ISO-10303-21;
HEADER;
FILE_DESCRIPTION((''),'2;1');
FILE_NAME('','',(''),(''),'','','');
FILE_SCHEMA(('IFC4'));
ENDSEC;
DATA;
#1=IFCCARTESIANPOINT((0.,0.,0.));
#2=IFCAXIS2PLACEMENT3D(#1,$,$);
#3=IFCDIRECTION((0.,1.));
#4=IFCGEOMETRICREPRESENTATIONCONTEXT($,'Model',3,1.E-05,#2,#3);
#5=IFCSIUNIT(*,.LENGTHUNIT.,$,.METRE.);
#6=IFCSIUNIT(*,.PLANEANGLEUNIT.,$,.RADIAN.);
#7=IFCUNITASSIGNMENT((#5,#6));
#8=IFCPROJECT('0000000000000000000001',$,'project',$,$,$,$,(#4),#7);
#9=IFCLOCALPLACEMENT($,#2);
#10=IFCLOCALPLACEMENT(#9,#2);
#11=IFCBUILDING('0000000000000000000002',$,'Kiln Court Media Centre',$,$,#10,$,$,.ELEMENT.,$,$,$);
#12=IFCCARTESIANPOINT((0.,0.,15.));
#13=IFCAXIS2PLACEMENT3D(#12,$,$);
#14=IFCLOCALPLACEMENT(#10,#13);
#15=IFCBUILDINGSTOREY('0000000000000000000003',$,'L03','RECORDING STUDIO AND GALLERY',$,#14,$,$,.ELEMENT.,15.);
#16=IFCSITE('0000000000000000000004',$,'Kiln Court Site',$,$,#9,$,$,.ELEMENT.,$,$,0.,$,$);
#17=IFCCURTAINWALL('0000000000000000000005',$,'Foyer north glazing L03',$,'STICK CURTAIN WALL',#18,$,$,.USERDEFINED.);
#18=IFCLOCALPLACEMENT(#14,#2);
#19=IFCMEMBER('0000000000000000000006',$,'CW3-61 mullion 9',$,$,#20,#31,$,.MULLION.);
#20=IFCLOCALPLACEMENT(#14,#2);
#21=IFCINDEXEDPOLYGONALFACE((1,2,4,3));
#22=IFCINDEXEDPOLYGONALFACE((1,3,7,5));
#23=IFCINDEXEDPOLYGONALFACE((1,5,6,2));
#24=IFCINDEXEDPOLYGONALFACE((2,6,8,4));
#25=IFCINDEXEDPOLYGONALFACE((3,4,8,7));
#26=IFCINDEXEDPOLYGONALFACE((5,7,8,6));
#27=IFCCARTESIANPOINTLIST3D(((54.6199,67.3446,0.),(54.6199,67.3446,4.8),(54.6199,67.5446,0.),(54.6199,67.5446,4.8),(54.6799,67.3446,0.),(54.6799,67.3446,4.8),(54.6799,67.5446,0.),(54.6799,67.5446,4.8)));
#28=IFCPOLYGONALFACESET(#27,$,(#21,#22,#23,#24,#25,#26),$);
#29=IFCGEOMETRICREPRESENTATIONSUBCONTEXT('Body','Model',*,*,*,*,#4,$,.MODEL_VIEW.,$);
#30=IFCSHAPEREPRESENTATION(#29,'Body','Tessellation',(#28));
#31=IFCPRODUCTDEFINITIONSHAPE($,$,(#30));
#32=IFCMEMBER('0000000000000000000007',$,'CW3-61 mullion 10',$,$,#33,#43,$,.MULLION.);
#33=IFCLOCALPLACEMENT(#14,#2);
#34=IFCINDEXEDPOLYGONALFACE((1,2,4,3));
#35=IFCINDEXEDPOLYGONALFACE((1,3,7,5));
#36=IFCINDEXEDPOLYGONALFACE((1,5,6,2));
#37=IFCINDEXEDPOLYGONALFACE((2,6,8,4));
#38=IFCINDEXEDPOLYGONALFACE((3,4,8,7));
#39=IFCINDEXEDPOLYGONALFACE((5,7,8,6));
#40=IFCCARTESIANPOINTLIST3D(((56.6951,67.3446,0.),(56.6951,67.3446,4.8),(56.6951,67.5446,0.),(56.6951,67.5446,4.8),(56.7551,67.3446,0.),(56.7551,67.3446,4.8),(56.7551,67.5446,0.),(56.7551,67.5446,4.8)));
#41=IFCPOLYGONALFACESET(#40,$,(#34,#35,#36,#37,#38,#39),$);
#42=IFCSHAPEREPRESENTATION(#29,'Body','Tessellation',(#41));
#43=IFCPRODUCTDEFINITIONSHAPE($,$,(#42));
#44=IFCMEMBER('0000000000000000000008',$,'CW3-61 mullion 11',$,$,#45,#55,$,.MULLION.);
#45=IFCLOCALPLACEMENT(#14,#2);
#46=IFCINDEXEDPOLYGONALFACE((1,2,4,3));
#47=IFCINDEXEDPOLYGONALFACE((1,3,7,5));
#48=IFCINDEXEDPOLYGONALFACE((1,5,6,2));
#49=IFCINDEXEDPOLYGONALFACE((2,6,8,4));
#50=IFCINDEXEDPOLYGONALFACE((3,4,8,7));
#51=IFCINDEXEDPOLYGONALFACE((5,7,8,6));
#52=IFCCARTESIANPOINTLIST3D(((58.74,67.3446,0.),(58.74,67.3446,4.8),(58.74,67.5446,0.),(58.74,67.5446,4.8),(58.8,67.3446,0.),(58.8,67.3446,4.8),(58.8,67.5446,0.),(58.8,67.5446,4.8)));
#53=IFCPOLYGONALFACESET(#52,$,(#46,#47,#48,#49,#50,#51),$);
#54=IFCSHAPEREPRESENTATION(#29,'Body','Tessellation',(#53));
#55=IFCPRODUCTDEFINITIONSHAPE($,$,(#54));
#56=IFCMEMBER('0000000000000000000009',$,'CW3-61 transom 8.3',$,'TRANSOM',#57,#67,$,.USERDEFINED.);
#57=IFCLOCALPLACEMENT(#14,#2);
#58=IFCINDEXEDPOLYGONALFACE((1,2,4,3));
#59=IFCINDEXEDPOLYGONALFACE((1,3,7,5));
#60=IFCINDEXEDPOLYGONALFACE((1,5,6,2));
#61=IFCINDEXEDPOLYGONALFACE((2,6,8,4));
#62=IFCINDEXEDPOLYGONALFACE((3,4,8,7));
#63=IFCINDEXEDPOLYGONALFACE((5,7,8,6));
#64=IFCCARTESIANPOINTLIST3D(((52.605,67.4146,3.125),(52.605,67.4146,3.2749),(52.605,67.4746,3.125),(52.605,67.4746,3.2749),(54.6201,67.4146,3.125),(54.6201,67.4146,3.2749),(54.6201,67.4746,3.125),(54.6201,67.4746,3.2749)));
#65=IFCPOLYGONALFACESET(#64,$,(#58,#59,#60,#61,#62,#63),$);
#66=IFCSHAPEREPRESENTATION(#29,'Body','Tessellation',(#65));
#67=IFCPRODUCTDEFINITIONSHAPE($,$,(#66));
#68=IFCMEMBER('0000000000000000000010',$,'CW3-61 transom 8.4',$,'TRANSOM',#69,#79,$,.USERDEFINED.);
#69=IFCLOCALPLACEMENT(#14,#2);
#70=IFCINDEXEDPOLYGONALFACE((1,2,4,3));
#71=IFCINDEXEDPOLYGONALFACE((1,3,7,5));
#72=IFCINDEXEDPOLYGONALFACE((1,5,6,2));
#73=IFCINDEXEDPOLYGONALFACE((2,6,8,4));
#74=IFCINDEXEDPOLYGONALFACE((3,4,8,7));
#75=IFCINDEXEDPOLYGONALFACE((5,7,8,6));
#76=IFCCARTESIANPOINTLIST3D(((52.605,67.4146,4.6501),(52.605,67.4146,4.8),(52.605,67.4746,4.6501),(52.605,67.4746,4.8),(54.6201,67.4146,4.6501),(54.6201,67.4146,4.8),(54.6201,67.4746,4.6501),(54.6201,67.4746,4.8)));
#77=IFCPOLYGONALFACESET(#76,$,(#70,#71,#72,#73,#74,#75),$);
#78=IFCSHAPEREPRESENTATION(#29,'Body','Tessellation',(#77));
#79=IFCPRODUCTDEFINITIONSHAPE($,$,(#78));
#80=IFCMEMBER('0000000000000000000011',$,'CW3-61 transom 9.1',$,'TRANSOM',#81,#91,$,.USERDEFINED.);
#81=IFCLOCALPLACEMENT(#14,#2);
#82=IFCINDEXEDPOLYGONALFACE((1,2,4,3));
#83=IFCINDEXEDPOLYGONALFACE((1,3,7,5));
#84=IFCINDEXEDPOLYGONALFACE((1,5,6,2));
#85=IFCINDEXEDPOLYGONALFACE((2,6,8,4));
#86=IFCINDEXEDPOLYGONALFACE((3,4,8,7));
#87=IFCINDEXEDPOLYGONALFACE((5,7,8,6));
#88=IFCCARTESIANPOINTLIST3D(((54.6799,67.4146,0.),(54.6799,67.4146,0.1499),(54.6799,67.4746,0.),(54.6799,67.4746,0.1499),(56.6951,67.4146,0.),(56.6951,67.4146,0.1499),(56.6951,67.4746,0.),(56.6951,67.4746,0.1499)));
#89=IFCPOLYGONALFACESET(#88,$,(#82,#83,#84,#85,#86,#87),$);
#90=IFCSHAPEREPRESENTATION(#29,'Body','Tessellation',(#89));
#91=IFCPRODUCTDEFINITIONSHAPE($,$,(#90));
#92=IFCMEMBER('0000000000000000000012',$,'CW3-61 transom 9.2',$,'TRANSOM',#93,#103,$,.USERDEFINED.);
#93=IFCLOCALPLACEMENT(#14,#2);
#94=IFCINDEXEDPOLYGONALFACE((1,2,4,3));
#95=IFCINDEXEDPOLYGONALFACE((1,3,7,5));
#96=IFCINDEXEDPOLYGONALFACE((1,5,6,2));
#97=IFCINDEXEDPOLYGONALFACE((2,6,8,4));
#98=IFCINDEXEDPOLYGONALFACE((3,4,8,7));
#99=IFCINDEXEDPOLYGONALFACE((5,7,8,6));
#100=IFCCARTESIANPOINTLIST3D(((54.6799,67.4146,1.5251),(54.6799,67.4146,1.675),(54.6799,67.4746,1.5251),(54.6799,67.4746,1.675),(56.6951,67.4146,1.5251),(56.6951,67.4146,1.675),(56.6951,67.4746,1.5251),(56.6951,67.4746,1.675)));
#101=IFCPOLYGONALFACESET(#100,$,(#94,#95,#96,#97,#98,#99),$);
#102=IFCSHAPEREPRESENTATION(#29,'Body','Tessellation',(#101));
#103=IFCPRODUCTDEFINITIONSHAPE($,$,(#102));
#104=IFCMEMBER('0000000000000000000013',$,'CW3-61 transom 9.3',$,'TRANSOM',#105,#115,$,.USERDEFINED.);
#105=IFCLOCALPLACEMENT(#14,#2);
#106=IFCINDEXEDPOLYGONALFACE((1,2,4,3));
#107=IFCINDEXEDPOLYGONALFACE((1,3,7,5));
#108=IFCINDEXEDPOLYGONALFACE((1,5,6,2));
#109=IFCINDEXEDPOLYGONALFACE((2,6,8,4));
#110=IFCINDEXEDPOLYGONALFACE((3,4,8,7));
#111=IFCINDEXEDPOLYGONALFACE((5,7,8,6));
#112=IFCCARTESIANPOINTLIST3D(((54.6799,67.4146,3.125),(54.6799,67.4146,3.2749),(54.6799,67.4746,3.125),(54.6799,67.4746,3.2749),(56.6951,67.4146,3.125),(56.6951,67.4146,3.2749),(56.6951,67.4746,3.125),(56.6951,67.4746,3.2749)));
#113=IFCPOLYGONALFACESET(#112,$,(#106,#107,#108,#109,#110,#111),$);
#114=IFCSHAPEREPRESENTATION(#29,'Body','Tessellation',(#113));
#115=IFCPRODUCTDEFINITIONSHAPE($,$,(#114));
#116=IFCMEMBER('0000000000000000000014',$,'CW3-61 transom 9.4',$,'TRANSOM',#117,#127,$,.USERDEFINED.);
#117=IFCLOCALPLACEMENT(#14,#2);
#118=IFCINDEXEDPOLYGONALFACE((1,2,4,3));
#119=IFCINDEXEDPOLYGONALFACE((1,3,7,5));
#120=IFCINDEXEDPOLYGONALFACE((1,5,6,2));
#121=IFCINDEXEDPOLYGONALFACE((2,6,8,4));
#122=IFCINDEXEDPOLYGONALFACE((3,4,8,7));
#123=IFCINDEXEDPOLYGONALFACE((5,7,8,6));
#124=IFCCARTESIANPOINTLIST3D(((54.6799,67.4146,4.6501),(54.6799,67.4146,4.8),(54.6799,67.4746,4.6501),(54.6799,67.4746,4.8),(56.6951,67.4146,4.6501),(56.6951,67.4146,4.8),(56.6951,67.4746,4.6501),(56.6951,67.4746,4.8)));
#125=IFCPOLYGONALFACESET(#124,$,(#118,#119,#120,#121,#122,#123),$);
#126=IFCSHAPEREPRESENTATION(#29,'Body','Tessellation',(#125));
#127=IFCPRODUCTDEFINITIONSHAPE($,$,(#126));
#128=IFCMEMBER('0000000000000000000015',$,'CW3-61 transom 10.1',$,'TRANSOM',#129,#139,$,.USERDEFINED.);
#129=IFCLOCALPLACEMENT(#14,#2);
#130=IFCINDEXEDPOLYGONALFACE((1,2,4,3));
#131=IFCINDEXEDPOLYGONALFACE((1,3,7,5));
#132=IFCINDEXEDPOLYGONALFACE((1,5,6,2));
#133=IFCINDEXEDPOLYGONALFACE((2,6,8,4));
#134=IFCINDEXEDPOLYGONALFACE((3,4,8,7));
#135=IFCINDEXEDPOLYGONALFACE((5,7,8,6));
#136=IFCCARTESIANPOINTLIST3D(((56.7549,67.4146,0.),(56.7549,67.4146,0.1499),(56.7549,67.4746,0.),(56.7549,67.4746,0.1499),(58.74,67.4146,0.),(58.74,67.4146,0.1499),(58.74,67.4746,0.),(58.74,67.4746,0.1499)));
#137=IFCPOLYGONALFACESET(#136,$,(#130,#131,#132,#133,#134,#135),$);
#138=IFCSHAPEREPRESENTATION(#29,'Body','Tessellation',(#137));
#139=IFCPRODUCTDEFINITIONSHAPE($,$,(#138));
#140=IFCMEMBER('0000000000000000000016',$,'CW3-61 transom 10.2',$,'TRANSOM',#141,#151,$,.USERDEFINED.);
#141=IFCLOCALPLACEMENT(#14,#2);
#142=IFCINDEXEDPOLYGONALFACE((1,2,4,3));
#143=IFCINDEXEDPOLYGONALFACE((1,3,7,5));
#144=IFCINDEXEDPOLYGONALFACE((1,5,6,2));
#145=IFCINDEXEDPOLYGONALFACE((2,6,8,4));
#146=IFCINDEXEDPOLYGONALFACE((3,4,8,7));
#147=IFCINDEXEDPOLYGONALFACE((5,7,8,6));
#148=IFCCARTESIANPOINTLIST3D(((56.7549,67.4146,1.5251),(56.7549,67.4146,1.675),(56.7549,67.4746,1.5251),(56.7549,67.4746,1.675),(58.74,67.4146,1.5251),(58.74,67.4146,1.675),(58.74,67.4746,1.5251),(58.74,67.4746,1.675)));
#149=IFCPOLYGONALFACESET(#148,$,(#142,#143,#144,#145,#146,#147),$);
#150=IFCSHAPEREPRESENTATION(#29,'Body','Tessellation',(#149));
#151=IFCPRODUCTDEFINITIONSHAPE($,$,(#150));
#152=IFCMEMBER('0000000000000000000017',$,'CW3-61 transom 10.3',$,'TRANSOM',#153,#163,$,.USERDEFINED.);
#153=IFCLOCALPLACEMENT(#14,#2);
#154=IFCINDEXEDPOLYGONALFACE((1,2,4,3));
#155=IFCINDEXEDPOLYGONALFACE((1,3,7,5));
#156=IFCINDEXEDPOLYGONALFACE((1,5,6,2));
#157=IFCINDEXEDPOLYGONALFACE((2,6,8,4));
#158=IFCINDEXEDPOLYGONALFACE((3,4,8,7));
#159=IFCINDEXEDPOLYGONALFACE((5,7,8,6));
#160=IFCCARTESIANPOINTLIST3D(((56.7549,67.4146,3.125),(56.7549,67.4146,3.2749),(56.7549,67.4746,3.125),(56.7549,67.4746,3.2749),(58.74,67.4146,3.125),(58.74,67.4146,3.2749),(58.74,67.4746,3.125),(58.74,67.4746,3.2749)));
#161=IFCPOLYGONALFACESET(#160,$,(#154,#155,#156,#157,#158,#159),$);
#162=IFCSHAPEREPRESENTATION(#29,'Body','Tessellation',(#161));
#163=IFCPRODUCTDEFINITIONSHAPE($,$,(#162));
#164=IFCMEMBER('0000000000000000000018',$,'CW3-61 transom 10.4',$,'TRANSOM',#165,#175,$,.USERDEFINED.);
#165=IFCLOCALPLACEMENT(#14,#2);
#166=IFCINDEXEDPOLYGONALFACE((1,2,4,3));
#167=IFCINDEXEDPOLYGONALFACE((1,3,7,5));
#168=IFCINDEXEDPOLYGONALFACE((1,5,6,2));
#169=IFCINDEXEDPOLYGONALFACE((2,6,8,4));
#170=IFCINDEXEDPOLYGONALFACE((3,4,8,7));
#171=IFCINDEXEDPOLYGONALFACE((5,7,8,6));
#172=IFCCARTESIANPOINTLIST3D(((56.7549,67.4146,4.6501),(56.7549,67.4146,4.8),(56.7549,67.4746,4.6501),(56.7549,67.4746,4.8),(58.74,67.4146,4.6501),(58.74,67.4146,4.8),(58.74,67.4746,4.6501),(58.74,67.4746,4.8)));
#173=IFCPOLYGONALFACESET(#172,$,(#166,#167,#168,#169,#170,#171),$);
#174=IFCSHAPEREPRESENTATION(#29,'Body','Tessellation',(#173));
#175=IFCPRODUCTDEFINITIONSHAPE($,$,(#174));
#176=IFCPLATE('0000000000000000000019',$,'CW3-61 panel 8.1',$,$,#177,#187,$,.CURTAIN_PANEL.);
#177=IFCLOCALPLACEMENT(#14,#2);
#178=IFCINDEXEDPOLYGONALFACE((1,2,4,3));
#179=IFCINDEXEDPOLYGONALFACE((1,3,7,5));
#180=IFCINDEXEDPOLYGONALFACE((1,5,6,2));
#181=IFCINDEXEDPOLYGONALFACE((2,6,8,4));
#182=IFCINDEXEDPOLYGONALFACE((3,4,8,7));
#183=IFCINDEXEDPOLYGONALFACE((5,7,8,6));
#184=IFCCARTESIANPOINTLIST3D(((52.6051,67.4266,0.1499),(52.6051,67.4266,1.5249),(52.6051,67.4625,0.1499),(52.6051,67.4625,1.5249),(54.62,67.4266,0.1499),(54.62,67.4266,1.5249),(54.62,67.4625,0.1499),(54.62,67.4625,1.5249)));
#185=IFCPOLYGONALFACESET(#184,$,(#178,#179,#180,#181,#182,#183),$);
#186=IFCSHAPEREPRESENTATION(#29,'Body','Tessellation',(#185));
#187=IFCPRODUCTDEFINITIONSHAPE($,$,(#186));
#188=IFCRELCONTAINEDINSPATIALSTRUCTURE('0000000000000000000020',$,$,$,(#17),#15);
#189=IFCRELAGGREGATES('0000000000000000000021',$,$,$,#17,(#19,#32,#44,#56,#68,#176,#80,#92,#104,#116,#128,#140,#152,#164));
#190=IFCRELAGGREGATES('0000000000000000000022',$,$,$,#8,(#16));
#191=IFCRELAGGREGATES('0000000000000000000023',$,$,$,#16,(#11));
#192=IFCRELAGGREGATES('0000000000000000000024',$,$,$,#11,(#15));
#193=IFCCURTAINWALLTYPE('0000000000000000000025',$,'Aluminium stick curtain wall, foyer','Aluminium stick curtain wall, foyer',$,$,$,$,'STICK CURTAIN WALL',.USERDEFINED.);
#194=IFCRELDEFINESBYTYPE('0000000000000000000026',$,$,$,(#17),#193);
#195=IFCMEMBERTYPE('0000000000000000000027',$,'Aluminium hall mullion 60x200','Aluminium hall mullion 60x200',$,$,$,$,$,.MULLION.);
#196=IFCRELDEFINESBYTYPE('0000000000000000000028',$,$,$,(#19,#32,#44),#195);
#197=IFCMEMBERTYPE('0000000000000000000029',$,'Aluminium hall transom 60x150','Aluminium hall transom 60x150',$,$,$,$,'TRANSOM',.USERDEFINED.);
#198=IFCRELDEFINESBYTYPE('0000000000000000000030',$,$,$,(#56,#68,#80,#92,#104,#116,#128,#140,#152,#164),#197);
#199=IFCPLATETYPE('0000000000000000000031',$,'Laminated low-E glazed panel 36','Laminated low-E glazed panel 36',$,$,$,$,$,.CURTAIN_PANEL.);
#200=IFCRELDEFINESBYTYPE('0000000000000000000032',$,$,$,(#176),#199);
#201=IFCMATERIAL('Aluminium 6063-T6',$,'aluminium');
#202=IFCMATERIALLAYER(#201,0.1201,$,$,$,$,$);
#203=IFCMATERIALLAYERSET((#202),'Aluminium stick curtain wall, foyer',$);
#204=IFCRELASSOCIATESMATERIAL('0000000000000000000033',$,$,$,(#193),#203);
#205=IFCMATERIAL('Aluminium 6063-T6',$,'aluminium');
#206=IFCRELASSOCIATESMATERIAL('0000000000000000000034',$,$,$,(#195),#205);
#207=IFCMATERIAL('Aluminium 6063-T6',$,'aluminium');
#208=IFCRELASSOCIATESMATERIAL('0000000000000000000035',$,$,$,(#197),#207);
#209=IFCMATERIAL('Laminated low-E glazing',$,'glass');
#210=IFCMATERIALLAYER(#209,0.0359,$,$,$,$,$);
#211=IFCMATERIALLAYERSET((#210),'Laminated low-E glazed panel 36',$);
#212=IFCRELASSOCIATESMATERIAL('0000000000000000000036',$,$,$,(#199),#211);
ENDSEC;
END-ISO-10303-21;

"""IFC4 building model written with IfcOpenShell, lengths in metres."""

from ifc_helpers import new_model, si_unit, direction, frame, origin, origin_2d, place, context, subcontext, project, spatial, rectangle, extrude, material, layer, layer_set, material_profile, profile_set, type_object, element, aggregate, save


model = new_model("IFC4")

# Units and contexts
model_context = context("Model", 3, precision=1e-05, world=origin(), true_north=direction((0.0, 1.0)))
body_context = subcontext(model_context, "Body", "Model", "MODEL_VIEW")
ifc_project = project(units=[si_unit("LENGTHUNIT", "METRE"), si_unit("PLANEANGLEUNIT", "RADIAN")], contexts=[model_context])

# Site, building, storey
site_placement = place(None, origin())
site = spatial("IfcSite", under=ifc_project, at=site_placement, Name="Kiln Court Site", CompositionType="ELEMENT", RefElevation=0.0)
building_placement = place(site_placement, origin())
building = spatial("IfcBuilding", under=site, at=building_placement, Name="Kiln Court Media Centre", CompositionType="ELEMENT")
storey_placement = place(building_placement, frame((0.0, 0.0, 15.0)))
storey = spatial("IfcBuildingStorey", under=building, at=storey_placement, Name="L03", Description="RECORDING STUDIO AND GALLERY", CompositionType="ELEMENT", Elevation=15.0)

# Curtain wall, members, plate
ifc_material_1 = material(Name="Aluminium 6063-T6", Category="aluminium")
ifc_layer_1 = layer(ifc_material_1, 0.1201)
ifc_layer_set_1 = layer_set([ifc_layer_1], Name="Aluminium stick curtain wall, foyer")
curtain_wall_type = type_object("IfcCurtainWallType", Name="Aluminium stick curtain wall, foyer", Description="Aluminium stick curtain wall, foyer", ElementType="STICK CURTAIN WALL", PredefinedType="USERDEFINED", material=ifc_layer_set_1)
curtain_wall_placement = place(storey_placement, origin())
curtain_wall = element("IfcCurtainWall", 1, at=curtain_wall_placement, inside=storey, type_object=curtain_wall_type, Name="Foyer north glazing L03", ObjectType="STICK CURTAIN WALL", PredefinedType="USERDEFINED")
ifc_material_2 = material(Name="Aluminium 6063-T6", Category="aluminium")
ifc_material_profile_1 = material_profile(ifc_material_2, rectangle(XDim=0.0601, YDim=0.2, at=origin_2d()), Name="Aluminium hall mullion 60x200")
ifc_profile_set_1 = profile_set([ifc_material_profile_1], Name="Aluminium 6063-T6")
member_type_1 = type_object("IfcMemberType", Name="Aluminium hall mullion 60x200", Description="Aluminium hall mullion 60x200", PredefinedType="MULLION", material=ifc_profile_set_1)
member_1_placement = place(storey_placement, frame((54.6499, 67.4446, 0.0), z_axis=(0.0, 0.0, 1.0), x_axis=(1.0, 0.0, 0.0)))
member_1 = element("IfcMember", 2, at=member_1_placement, type_object=member_type_1, Name="CW3-61 mullion 9", PredefinedType="MULLION", context=body_context, shape_type="SweptSolid", body=[
    extrude(rectangle(XDim=0.0601, YDim=0.2, at=origin_2d()), origin(), (0.0, 0.0, 1.0), 4.8),
])
member_2_placement = place(storey_placement, frame((56.7251, 67.4446, 0.0), z_axis=(0.0, 0.0, 1.0), x_axis=(1.0, 0.0, 0.0)))
member_2 = element("IfcMember", 3, at=member_2_placement, type_object=member_type_1, Name="CW3-61 mullion 10", PredefinedType="MULLION", context=body_context, shape_type="SweptSolid", body=[
    extrude(rectangle(XDim=0.0601, YDim=0.2, at=origin_2d()), origin(), (0.0, 0.0, 1.0), 4.8),
])
member_3_placement = place(storey_placement, frame((58.77, 67.4446, 0.0), z_axis=(0.0, 0.0, 1.0), x_axis=(1.0, 0.0, 0.0)))
member_3 = element("IfcMember", 4, at=member_3_placement, type_object=member_type_1, Name="CW3-61 mullion 11", PredefinedType="MULLION", context=body_context, shape_type="SweptSolid", body=[
    extrude(rectangle(XDim=0.0601, YDim=0.2, at=origin_2d()), origin(), (0.0, 0.0, 1.0), 4.8),
])
ifc_material_3 = material(Name="Aluminium 6063-T6", Category="aluminium")
ifc_material_profile_2 = material_profile(ifc_material_3, rectangle(XDim=0.0601, YDim=0.1499, at=origin_2d()), Name="Aluminium hall transom 60x150")
ifc_profile_set_2 = profile_set([ifc_material_profile_2], Name="Aluminium 6063-T6")
member_type_2 = type_object("IfcMemberType", Name="Aluminium hall transom 60x150", Description="Aluminium hall transom 60x150", ElementType="TRANSOM", PredefinedType="USERDEFINED", material=ifc_profile_set_2)
member_4_placement = place(storey_placement, frame((52.605, 67.4446, 3.2), z_axis=(1.0, 0.0, 0.0), x_axis=(0.0, 1.0, 0.0)))
member_4 = element("IfcMember", 5, at=member_4_placement, type_object=member_type_2, Name="CW3-61 transom 8.3", ObjectType="TRANSOM", PredefinedType="USERDEFINED", context=body_context, shape_type="SweptSolid", body=[
    extrude(rectangle(XDim=0.0601, YDim=0.1499, at=origin_2d()), origin(), (0.0, 0.0, 1.0), 2.0151),
])
member_5_placement = place(storey_placement, frame((52.605, 67.4446, 4.7251), z_axis=(1.0, 0.0, 0.0), x_axis=(0.0, 1.0, 0.0)))
member_5 = element("IfcMember", 6, at=member_5_placement, type_object=member_type_2, Name="CW3-61 transom 8.4", ObjectType="TRANSOM", PredefinedType="USERDEFINED", context=body_context, shape_type="SweptSolid", body=[
    extrude(rectangle(XDim=0.0601, YDim=0.1499, at=origin_2d()), origin(), (0.0, 0.0, 1.0), 2.0151),
])
member_6_placement = place(storey_placement, frame((54.6799, 67.4446, 0.075), z_axis=(1.0, 0.0, 0.0), x_axis=(0.0, 1.0, 0.0)))
member_6 = element("IfcMember", 7, at=member_6_placement, type_object=member_type_2, Name="CW3-61 transom 9.1", ObjectType="TRANSOM", PredefinedType="USERDEFINED", context=body_context, shape_type="SweptSolid", body=[
    extrude(rectangle(XDim=0.0601, YDim=0.1499, at=origin_2d()), origin(), (0.0, 0.0, 1.0), 2.0151),
])
member_7_placement = place(storey_placement, frame((54.6799, 67.4446, 1.6001), z_axis=(1.0, 0.0, 0.0), x_axis=(0.0, 1.0, 0.0)))
member_7 = element("IfcMember", 8, at=member_7_placement, type_object=member_type_2, Name="CW3-61 transom 9.2", ObjectType="TRANSOM", PredefinedType="USERDEFINED", context=body_context, shape_type="SweptSolid", body=[
    extrude(rectangle(XDim=0.0601, YDim=0.1499, at=origin_2d()), origin(), (0.0, 0.0, 1.0), 2.0151),
])
member_8_placement = place(storey_placement, frame((54.6799, 67.4446, 3.2), z_axis=(1.0, 0.0, 0.0), x_axis=(0.0, 1.0, 0.0)))
member_8 = element("IfcMember", 9, at=member_8_placement, type_object=member_type_2, Name="CW3-61 transom 9.3", ObjectType="TRANSOM", PredefinedType="USERDEFINED", context=body_context, shape_type="SweptSolid", body=[
    extrude(rectangle(XDim=0.0601, YDim=0.1499, at=origin_2d()), origin(), (0.0, 0.0, 1.0), 2.0151),
])
member_9_placement = place(storey_placement, frame((54.6799, 67.4446, 4.7251), z_axis=(1.0, 0.0, 0.0), x_axis=(0.0, 1.0, 0.0)))
member_9 = element("IfcMember", 10, at=member_9_placement, type_object=member_type_2, Name="CW3-61 transom 9.4", ObjectType="TRANSOM", PredefinedType="USERDEFINED", context=body_context, shape_type="SweptSolid", body=[
    extrude(rectangle(XDim=0.0601, YDim=0.1499, at=origin_2d()), origin(), (0.0, 0.0, 1.0), 2.0151),
])
member_10_placement = place(storey_placement, frame((56.7549, 67.4446, 0.075), z_axis=(1.0, 0.0, 0.0), x_axis=(0.0, 1.0, 0.0)))
member_10 = element("IfcMember", 11, at=member_10_placement, type_object=member_type_2, Name="CW3-61 transom 10.1", ObjectType="TRANSOM", PredefinedType="USERDEFINED", context=body_context, shape_type="SweptSolid", body=[
    extrude(rectangle(XDim=0.0601, YDim=0.1499, at=origin_2d()), origin(), (0.0, 0.0, 1.0), 1.9851),
])
member_11_placement = place(storey_placement, frame((56.7549, 67.4446, 1.6001), z_axis=(1.0, 0.0, 0.0), x_axis=(0.0, 1.0, 0.0)))
member_11 = element("IfcMember", 12, at=member_11_placement, type_object=member_type_2, Name="CW3-61 transom 10.2", ObjectType="TRANSOM", PredefinedType="USERDEFINED", context=body_context, shape_type="SweptSolid", body=[
    extrude(rectangle(XDim=0.0601, YDim=0.1499, at=origin_2d()), origin(), (0.0, 0.0, 1.0), 1.9851),
])
member_12_placement = place(storey_placement, frame((56.7549, 67.4446, 3.2), z_axis=(1.0, 0.0, 0.0), x_axis=(0.0, 1.0, 0.0)))
member_12 = element("IfcMember", 13, at=member_12_placement, type_object=member_type_2, Name="CW3-61 transom 10.3", ObjectType="TRANSOM", PredefinedType="USERDEFINED", context=body_context, shape_type="SweptSolid", body=[
    extrude(rectangle(XDim=0.0601, YDim=0.1499, at=origin_2d()), origin(), (0.0, 0.0, 1.0), 1.9851),
])
member_13_placement = place(storey_placement, frame((56.7549, 67.4446, 4.7251), z_axis=(1.0, 0.0, 0.0), x_axis=(0.0, 1.0, 0.0)))
member_13 = element("IfcMember", 14, at=member_13_placement, type_object=member_type_2, Name="CW3-61 transom 10.4", ObjectType="TRANSOM", PredefinedType="USERDEFINED", context=body_context, shape_type="SweptSolid", body=[
    extrude(rectangle(XDim=0.0601, YDim=0.1499, at=origin_2d()), origin(), (0.0, 0.0, 1.0), 1.9851),
])
ifc_material_4 = material(Name="Laminated low-E glazing", Category="glass")
ifc_layer_2 = layer(ifc_material_4, 0.0359)
ifc_layer_set_2 = layer_set([ifc_layer_2], Name="Laminated low-E glazed panel 36")
plate_type = type_object("IfcPlateType", Name="Laminated low-E glazed panel 36", Description="Laminated low-E glazed panel 36", PredefinedType="CURTAIN_PANEL", material=ifc_layer_set_2)
plate_1_placement = place(storey_placement, frame((53.6125, 67.4446, 0.1499), z_axis=(0.0, 0.0, 1.0), x_axis=(1.0, 0.0, 0.0)))
plate_1 = element("IfcPlate", 15, at=plate_1_placement, type_object=plate_type, Name="CW3-61 panel 8.1", PredefinedType="CURTAIN_PANEL", context=body_context, shape_type="SweptSolid", body=[
    extrude(rectangle(XDim=2.0149, YDim=0.0359, at=origin_2d()), origin(), (0.0, 0.0, 1.0), 1.375),
])
aggregate(curtain_wall, [member_1, member_2, member_3, member_4, member_5, plate_1, member_6, member_7, member_8, member_9, member_10, member_11, member_12, member_13])

save(model, "model.ifc")
